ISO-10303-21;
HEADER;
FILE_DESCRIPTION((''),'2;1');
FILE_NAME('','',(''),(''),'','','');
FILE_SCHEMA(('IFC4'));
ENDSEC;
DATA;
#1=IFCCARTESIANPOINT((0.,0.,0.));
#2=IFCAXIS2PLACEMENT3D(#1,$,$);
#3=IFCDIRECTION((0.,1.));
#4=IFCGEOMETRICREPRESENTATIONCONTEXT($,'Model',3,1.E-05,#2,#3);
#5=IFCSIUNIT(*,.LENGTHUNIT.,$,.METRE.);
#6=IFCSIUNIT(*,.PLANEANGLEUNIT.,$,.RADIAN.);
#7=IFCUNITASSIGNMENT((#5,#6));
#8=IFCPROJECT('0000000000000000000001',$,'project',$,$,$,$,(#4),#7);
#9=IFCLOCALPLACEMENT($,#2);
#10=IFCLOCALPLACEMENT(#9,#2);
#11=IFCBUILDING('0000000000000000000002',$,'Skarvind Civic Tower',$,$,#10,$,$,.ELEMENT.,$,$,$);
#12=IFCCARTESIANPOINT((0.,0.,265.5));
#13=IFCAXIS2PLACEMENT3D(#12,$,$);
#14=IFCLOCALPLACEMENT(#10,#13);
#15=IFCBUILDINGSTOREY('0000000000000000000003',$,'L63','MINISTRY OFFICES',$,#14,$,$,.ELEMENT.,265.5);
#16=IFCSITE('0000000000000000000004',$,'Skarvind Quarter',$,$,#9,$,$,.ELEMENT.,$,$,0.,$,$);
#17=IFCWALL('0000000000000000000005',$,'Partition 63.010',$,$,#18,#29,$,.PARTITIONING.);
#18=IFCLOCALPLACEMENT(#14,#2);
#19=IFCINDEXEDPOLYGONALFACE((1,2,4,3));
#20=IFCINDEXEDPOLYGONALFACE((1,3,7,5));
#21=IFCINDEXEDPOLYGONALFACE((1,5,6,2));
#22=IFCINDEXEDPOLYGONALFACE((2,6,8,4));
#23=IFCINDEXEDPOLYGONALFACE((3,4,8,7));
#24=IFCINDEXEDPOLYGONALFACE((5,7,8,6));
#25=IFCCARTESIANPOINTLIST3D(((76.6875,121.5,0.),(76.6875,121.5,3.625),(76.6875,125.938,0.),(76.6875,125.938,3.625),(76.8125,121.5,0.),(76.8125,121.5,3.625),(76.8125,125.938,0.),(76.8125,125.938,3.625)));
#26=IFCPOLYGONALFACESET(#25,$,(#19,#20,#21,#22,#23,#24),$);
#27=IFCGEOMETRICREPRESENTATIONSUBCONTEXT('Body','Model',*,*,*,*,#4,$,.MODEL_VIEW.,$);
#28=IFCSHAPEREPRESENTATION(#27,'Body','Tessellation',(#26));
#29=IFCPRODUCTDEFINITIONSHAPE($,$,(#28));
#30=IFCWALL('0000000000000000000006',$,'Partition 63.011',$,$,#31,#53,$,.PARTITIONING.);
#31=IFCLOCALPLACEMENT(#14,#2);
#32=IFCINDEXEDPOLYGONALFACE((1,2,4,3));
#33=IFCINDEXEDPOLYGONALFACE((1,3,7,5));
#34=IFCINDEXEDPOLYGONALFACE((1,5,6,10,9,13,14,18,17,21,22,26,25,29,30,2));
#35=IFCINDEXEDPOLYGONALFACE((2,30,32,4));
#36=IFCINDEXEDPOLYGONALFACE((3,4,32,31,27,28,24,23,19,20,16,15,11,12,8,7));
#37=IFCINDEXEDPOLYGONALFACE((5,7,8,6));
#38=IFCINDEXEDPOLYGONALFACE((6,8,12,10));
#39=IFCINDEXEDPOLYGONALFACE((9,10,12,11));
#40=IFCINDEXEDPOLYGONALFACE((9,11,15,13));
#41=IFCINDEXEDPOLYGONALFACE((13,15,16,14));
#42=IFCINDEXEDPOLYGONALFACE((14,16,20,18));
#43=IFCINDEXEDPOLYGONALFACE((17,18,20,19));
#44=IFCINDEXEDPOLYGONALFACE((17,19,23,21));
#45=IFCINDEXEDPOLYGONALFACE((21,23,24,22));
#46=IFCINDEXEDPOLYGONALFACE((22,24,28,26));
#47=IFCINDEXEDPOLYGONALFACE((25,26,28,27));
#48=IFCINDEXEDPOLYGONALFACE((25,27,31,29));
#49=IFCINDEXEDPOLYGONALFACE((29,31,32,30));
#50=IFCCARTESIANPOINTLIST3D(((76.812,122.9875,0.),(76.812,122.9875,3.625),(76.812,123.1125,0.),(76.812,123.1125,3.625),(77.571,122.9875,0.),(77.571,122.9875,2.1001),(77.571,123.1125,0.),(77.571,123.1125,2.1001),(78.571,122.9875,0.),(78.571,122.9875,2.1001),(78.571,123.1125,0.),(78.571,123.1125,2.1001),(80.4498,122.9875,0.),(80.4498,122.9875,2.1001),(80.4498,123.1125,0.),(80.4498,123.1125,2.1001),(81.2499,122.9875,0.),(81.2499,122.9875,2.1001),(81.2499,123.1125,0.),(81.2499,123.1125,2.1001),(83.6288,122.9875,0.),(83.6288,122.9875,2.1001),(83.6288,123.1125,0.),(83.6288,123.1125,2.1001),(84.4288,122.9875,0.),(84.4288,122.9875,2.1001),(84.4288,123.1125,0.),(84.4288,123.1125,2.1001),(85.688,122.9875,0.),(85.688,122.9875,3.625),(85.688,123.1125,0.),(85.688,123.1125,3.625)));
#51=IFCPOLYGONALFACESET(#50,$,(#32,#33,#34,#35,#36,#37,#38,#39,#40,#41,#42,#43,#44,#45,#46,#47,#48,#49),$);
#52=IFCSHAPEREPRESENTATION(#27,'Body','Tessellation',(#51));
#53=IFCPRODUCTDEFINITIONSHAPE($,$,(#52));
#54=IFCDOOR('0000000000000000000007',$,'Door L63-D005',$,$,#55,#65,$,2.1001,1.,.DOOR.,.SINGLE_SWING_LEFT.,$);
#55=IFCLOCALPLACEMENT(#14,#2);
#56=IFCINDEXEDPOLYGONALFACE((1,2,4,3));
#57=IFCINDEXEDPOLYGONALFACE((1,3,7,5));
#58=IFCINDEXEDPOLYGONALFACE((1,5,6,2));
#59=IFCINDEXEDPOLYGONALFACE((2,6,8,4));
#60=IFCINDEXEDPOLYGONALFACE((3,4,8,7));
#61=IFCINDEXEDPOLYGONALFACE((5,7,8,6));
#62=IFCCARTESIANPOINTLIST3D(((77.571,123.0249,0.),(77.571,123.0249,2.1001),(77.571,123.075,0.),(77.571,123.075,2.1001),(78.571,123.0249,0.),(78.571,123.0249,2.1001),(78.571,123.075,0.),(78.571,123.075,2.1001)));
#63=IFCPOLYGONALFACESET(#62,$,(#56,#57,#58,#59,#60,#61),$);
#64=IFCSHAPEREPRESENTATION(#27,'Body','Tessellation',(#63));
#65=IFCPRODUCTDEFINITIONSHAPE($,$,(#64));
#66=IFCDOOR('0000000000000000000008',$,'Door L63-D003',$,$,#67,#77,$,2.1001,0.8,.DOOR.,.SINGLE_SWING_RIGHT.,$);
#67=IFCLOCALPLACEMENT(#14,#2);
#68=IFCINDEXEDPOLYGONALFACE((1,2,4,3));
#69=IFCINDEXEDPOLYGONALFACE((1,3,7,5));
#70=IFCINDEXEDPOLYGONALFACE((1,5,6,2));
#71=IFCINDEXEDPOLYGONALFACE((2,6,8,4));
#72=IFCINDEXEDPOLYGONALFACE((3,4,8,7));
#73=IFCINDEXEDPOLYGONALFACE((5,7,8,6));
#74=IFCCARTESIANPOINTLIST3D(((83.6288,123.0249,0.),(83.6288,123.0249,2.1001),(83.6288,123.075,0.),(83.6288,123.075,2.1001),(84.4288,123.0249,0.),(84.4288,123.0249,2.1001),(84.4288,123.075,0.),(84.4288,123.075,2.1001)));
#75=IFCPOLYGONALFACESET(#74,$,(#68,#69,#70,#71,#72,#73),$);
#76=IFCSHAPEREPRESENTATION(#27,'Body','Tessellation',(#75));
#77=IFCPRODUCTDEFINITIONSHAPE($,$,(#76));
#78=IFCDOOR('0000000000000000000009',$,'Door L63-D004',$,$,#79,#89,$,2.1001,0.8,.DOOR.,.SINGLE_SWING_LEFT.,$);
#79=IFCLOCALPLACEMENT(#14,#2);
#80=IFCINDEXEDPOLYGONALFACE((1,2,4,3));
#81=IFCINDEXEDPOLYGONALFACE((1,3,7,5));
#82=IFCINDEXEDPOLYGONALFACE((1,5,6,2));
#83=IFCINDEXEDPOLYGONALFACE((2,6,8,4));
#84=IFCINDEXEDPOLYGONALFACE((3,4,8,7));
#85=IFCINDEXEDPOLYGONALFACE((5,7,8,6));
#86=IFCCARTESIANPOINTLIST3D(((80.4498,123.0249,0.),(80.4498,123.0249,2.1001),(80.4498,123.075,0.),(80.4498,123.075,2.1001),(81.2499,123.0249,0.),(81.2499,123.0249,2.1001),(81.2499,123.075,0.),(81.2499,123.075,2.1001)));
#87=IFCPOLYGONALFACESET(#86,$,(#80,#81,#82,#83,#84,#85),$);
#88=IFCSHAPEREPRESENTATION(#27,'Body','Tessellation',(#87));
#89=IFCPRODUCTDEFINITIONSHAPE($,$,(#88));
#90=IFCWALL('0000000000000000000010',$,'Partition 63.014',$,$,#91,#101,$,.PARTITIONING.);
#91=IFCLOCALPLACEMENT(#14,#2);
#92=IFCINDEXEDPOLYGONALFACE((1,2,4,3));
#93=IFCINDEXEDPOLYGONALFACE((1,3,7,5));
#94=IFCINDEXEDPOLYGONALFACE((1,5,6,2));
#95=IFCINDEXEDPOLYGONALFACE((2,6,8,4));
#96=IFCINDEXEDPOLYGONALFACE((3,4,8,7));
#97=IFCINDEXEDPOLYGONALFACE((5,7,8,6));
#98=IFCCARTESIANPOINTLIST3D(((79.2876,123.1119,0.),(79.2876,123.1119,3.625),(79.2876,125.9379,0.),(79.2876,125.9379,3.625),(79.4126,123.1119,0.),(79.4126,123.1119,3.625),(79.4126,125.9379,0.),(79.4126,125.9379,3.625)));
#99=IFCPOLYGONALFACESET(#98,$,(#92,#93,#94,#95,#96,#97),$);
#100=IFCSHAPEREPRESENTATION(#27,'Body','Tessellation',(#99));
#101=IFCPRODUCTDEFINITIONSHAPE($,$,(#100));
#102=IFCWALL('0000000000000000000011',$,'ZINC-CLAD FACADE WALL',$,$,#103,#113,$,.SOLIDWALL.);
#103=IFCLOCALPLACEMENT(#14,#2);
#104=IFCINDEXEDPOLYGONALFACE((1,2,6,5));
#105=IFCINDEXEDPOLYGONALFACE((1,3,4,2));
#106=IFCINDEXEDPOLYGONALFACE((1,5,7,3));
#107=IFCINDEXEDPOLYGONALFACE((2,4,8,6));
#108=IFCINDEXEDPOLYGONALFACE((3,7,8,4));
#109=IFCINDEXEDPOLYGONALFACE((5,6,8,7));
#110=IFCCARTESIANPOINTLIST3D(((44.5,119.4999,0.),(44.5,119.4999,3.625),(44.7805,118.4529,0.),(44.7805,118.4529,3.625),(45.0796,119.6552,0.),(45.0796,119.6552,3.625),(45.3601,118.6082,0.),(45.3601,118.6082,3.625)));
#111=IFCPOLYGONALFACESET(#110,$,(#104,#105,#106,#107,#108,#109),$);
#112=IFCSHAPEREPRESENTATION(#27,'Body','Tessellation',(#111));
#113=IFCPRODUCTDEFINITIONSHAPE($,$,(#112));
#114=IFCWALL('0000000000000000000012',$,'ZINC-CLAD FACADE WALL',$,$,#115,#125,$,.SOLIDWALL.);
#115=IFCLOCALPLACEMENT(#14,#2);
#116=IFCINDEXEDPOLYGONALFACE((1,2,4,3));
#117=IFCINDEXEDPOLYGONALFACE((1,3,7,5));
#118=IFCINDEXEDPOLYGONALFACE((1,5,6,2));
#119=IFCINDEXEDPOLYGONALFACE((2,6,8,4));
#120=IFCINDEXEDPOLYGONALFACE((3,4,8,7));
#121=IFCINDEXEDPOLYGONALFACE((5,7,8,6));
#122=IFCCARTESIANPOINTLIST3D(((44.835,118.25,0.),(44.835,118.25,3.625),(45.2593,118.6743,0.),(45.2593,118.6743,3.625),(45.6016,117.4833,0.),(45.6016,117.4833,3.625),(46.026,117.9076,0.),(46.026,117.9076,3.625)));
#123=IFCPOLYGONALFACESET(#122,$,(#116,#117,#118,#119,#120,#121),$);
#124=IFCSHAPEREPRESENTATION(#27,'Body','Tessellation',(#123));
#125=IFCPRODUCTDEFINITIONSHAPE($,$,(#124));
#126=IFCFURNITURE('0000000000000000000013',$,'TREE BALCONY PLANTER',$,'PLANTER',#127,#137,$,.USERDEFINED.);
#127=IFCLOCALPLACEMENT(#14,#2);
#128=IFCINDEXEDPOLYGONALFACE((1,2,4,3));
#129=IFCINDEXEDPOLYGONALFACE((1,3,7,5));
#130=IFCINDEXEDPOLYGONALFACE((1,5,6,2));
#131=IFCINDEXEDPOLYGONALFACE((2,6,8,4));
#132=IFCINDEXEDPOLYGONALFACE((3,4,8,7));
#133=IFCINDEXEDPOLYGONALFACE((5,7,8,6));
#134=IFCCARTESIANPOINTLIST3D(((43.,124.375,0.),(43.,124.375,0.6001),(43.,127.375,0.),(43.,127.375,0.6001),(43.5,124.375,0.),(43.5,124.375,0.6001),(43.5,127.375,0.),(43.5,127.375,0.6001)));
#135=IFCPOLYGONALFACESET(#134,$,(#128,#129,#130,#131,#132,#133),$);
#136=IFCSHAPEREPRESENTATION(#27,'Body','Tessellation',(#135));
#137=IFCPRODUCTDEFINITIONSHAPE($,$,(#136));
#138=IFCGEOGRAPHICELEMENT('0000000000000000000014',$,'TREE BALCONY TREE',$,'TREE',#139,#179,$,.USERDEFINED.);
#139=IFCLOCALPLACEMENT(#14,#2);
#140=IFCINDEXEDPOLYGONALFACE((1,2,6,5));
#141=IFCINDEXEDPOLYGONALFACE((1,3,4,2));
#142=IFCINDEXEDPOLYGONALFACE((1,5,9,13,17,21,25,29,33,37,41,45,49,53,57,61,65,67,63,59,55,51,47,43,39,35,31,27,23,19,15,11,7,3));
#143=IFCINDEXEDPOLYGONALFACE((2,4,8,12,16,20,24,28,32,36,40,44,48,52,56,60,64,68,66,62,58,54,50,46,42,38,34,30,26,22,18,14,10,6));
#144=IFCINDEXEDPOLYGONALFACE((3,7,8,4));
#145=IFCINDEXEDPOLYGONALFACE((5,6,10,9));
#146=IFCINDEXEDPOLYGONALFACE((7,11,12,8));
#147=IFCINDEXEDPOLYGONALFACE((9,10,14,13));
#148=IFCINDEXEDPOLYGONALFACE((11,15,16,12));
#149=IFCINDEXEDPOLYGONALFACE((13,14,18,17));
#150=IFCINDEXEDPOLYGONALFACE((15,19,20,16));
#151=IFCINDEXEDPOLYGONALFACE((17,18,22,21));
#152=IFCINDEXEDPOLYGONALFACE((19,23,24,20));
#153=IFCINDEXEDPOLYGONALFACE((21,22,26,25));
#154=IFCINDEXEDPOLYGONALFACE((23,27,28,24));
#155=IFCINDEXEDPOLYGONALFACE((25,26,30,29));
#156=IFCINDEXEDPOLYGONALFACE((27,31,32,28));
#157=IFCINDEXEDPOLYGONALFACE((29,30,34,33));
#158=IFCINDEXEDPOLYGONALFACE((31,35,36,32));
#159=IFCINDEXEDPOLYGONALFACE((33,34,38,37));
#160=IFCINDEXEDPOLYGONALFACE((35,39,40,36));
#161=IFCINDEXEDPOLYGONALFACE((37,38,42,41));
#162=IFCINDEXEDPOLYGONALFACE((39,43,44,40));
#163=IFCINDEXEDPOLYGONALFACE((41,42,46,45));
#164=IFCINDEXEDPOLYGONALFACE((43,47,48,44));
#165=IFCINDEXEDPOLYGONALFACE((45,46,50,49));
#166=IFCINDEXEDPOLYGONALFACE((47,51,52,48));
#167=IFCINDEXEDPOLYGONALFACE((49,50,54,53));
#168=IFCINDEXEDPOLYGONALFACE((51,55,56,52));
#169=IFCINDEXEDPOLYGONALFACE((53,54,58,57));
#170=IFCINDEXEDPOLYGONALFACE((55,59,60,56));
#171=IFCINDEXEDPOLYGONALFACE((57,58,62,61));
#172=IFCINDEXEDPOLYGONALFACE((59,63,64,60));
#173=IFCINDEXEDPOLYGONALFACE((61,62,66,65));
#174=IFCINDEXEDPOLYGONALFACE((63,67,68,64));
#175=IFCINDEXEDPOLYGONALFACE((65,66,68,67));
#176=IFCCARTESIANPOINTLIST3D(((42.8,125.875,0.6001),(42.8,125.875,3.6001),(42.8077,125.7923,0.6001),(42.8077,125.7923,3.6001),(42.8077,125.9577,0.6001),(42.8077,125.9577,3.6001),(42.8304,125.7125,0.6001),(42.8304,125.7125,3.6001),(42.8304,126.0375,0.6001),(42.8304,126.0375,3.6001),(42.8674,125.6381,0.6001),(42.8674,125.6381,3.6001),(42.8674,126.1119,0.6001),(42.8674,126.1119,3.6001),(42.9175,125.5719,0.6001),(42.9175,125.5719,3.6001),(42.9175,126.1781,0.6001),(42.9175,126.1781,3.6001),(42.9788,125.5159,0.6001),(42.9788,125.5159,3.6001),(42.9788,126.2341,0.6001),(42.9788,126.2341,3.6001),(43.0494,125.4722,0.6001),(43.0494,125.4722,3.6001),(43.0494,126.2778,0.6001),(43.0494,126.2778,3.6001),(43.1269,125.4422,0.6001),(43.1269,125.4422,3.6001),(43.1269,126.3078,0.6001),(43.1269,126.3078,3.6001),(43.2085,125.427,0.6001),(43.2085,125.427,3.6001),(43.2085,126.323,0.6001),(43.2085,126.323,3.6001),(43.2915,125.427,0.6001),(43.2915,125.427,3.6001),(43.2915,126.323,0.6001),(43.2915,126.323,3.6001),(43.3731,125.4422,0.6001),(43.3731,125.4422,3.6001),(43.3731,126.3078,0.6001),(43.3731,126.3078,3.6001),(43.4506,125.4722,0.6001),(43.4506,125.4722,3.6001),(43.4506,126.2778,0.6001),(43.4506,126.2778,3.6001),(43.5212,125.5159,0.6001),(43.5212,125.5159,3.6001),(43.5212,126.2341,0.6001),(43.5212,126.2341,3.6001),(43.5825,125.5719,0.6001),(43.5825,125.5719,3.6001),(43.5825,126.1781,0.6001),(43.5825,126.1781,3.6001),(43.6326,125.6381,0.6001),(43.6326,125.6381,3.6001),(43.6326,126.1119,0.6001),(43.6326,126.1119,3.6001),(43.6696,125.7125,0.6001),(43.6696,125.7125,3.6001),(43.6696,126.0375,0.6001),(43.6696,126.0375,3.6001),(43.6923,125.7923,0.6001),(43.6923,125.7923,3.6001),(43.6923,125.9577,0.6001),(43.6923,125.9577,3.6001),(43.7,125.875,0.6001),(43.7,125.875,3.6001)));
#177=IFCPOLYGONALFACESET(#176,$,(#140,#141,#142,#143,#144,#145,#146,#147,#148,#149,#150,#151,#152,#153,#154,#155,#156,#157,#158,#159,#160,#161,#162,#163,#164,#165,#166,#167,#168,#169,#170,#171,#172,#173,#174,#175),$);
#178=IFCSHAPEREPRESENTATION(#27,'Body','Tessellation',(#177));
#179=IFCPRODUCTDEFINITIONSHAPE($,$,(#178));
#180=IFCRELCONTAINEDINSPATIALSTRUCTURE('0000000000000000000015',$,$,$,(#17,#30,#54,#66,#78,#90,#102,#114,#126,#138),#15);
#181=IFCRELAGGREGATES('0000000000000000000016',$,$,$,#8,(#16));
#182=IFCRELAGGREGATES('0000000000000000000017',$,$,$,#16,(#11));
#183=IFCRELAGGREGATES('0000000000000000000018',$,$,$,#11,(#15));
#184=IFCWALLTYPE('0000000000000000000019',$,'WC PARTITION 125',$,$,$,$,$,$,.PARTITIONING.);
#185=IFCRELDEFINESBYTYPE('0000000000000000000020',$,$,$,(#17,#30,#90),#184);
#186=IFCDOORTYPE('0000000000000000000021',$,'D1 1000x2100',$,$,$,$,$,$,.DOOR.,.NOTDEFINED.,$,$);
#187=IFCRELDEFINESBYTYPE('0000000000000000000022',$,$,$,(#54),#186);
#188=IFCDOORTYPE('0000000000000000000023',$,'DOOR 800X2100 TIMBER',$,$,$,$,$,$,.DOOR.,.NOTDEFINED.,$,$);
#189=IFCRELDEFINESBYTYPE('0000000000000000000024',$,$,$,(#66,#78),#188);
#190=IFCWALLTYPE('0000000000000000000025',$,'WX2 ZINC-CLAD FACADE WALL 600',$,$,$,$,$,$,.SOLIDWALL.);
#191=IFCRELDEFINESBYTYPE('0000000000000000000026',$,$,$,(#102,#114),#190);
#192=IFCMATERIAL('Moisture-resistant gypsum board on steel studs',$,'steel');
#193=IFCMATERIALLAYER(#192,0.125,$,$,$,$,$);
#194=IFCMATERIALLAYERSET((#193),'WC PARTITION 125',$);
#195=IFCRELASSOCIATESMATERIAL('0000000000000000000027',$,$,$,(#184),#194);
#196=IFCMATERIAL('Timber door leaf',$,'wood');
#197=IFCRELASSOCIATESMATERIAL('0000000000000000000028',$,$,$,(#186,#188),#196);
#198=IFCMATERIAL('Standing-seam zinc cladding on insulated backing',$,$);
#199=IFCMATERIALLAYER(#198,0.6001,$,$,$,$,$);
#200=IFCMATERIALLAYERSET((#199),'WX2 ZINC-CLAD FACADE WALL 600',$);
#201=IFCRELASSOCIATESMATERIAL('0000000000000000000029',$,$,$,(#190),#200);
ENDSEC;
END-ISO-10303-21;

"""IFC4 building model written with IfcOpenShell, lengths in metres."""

from ifc_helpers import new_model, si_unit, direction, frame, frame_2d, origin, origin_2d, place, context, subcontext, project, spatial, rectangle, circle, extrude, material, layer, layer_set, type_object, element, fill, save


model = new_model("IFC4")

# Units and contexts
model_context = context("Model", 3, precision=1e-05, world=origin(), true_north=direction((0.0, 1.0)))
body_context = subcontext(model_context, "Body", "Model", "MODEL_VIEW")
ifc_project = project(units=[si_unit("LENGTHUNIT", "METRE"), si_unit("PLANEANGLEUNIT", "RADIAN")], contexts=[model_context])

# Site, building, storey
site_placement = place(None, origin())
site = spatial("IfcSite", under=ifc_project, at=site_placement, Name="Skarvind Quarter", CompositionType="ELEMENT", RefElevation=0.0)
building_placement = place(site_placement, origin())
building = spatial("IfcBuilding", under=site, at=building_placement, Name="Skarvind Civic Tower", CompositionType="ELEMENT")
storey_placement = place(building_placement, frame((0.0, 0.0, 265.5)))
storey = spatial("IfcBuildingStorey", under=building, at=storey_placement, Name="L63", Description="MINISTRY OFFICES", CompositionType="ELEMENT", Elevation=265.5)

# Wall
ifc_material_1 = material(Name="Moisture-resistant gypsum board on steel studs", Category="steel")
ifc_layer_1 = layer(ifc_material_1, 0.125)
ifc_layer_set_1 = layer_set([ifc_layer_1], Name="WC PARTITION 125")
wall_type_1 = type_object("IfcWallType", Name="WC PARTITION 125", PredefinedType="PARTITIONING", material=ifc_layer_set_1)
wall_1_placement = place(storey_placement, frame((76.75, 121.5, 0.0), z_axis=(0.0, 0.0, 1.0), x_axis=(0.0, 1.0, 0.0)))
element("IfcWall", 1, at=wall_1_placement, inside=storey, type_object=wall_type_1, Name="Partition 63.010", PredefinedType="PARTITIONING", context=body_context, shape_type="SweptSolid", body=[
    extrude(rectangle(XDim=4.438, YDim=0.125, at=frame_2d((2.219, 0.0))), origin(), (0.0, 0.0, 1.0), 3.625),
])

# Wall, openings, doors
wall_2_placement = place(storey_placement, frame((76.812, 123.05, 0.0), z_axis=(0.0, 0.0, 1.0), x_axis=(1.0, 0.0, 0.0)))
wall_2 = element("IfcWall", 2, at=wall_2_placement, inside=storey, type_object=wall_type_1, Name="Partition 63.011", PredefinedType="PARTITIONING", context=body_context, shape_type="SweptSolid", body=[
    extrude(rectangle(XDim=8.876, YDim=0.125, at=frame_2d((4.438, 0.0))), origin(), (0.0, 0.0, 1.0), 3.625),
])
opening_1_placement = place(wall_2_placement, frame((6.8169, 0.0, 0.0)))
opening_1 = element("IfcOpeningElement", 3, at=opening_1_placement, cuts=wall_2, PredefinedType="OPENING", context=body_context, shape_type="SweptSolid", body=[
    extrude(rectangle(XDim=0.8, YDim=2.1001, at=frame_2d((0.3999, 1.05))), frame((0.0, 0.0725, 0.0), z_axis=(0.0, -1.0, 0.0), x_axis=(1.0, 0.0, 0.0)), (0.0, 0.0, 1.0), 0.145),
])
opening_2_placement = place(wall_2_placement, frame((3.6379, 0.0, 0.0)))
opening_2 = element("IfcOpeningElement", 4, at=opening_2_placement, cuts=wall_2, PredefinedType="OPENING", context=body_context, shape_type="SweptSolid", body=[
    extrude(rectangle(XDim=0.8, YDim=2.1001, at=frame_2d((0.3999, 1.05))), frame((0.0, 0.0725, 0.0), z_axis=(0.0, -1.0, 0.0), x_axis=(1.0, 0.0, 0.0)), (0.0, 0.0, 1.0), 0.145),
])
opening_3_placement = place(wall_2_placement, frame((0.759, 0.0, 0.0)))
opening_3 = element("IfcOpeningElement", 5, at=opening_3_placement, cuts=wall_2, PredefinedType="OPENING", context=body_context, shape_type="SweptSolid", body=[
    extrude(rectangle(XDim=1.0, YDim=2.1001, at=frame_2d((0.5, 1.05))), frame((0.0, 0.0725, 0.0), z_axis=(0.0, -1.0, 0.0), x_axis=(1.0, 0.0, 0.0)), (0.0, 0.0, 1.0), 0.145),
])
ifc_material_2 = material(Name="Timber door leaf", Category="wood")
door_type_1 = type_object("IfcDoorType", Name="D1 1000x2100", OperationType="NOTDEFINED", PredefinedType="DOOR", material=ifc_material_2)
door_1_placement = place(opening_3_placement, origin())
door_1 = element("IfcDoor", 6, at=door_1_placement, inside=storey, type_object=door_type_1, Name="Door L63-D005", OperationType="SINGLE_SWING_LEFT", OverallHeight=2.1001, OverallWidth=1.0, PredefinedType="DOOR", context=body_context, shape_type="SweptSolid", body=[
    extrude(rectangle(XDim=1.0, YDim=2.1001, at=frame_2d((0.5, 1.05))), frame((0.0, 0.0249, 0.0), z_axis=(0.0, -1.0, 0.0), x_axis=(1.0, 0.0, 0.0)), (0.0, 0.0, 1.0), 0.05),
])
fill(opening_3, door_1)
door_type_2 = type_object("IfcDoorType", Name="DOOR 800X2100 TIMBER", OperationType="NOTDEFINED", PredefinedType="DOOR", material=ifc_material_2)
door_2_placement = place(opening_1_placement, origin())
door_2 = element("IfcDoor", 7, at=door_2_placement, inside=storey, type_object=door_type_2, Name="Door L63-D003", OperationType="SINGLE_SWING_RIGHT", OverallHeight=2.1001, OverallWidth=0.8, PredefinedType="DOOR", context=body_context, shape_type="SweptSolid", body=[
    extrude(rectangle(XDim=0.8, YDim=2.1001, at=frame_2d((0.3999, 1.05))), frame((0.0, 0.0249, 0.0), z_axis=(0.0, -1.0, 0.0), x_axis=(1.0, 0.0, 0.0)), (0.0, 0.0, 1.0), 0.05),
])
fill(opening_1, door_2)
door_3_placement = place(opening_2_placement, origin())
door_3 = element("IfcDoor", 8, at=door_3_placement, inside=storey, type_object=door_type_2, Name="Door L63-D004", OperationType="SINGLE_SWING_LEFT", OverallHeight=2.1001, OverallWidth=0.8, PredefinedType="DOOR", context=body_context, shape_type="SweptSolid", body=[
    extrude(rectangle(XDim=0.8, YDim=2.1001, at=frame_2d((0.3999, 1.05))), frame((0.0, 0.0249, 0.0), z_axis=(0.0, -1.0, 0.0), x_axis=(1.0, 0.0, 0.0)), (0.0, 0.0, 1.0), 0.05),
])
fill(opening_2, door_3)

# Wall
wall_3_placement = place(storey_placement, frame((79.3501, 125.938, 0.0), z_axis=(0.0, 0.0, 1.0), x_axis=(0.0, -1.0, 0.0)))
element("IfcWall", 9, at=wall_3_placement, inside=storey, type_object=wall_type_1, Name="Partition 63.014", PredefinedType="PARTITIONING", context=body_context, shape_type="SweptSolid", body=[
    extrude(rectangle(XDim=2.8259, YDim=0.125, at=frame_2d((1.4131, 0.0))), origin(), (0.0, 0.0, 1.0), 3.625),
])

# Shared definitions
ifc_material_3 = material(Name="Standing-seam zinc cladding on insulated backing")
ifc_layer_2 = layer(ifc_material_3, 0.6001)
ifc_layer_set_2 = layer_set([ifc_layer_2], Name="WX2 ZINC-CLAD FACADE WALL 600")
wall_type_2 = type_object("IfcWallType", Name="WX2 ZINC-CLAD FACADE WALL 600", PredefinedType="SOLIDWALL", material=ifc_layer_set_2)

# Walls
wall_4_placement = place(storey_placement, frame((45.0703, 118.5305, 0.0), z_axis=(0.0, 0.0, 1.0), x_axis=(-0.25877, 0.965939, 0.0)))
element("IfcWall", 10, at=wall_4_placement, inside=storey, type_object=wall_type_2, Name="ZINC-CLAD FACADE WALL", PredefinedType="SOLIDWALL", context=body_context, shape_type="SweptSolid", body=[
    extrude(rectangle(XDim=1.084, YDim=0.6001, at=frame_2d((0.542, 0.0))), origin(), (0.0, 0.0, 1.0), 3.625),
])
wall_5_placement = place(storey_placement, frame((45.8137, 117.6956, 0.0), z_axis=(0.0, 0.0, 1.0), x_axis=(-0.707107, 0.707107, 0.0)))
element("IfcWall", 11, at=wall_5_placement, inside=storey, type_object=wall_type_2, Name="ZINC-CLAD FACADE WALL", PredefinedType="SOLIDWALL", context=body_context, shape_type="SweptSolid", body=[
    extrude(rectangle(XDim=1.0842, YDim=0.6001, at=frame_2d((0.542, 0.0))), origin(), (0.0, 0.0, 1.0), 3.625),
])

# Furniture
furniture_placement = place(storey_placement, frame((43.25, 125.875, 0.0), z_axis=(0.0, 0.0, 1.0), x_axis=(0.0, 1.0, 0.0)))
element("IfcFurniture", 12, at=furniture_placement, inside=storey, Name="TREE BALCONY PLANTER", ObjectType="PLANTER", PredefinedType="USERDEFINED", context=body_context, shape_type="SweptSolid", body=[
    extrude(rectangle(XDim=3.0, YDim=0.5, at=origin_2d()), origin(), (0.0, 0.0, 1.0), 0.6001),
])

# Geographic element
geographic_element_placement = place(storey_placement, frame((43.25, 125.875, 0.6001), z_axis=(0.0, 0.0, 1.0), x_axis=(1.0, 0.0, 0.0)))
element("IfcGeographicElement", 13, at=geographic_element_placement, inside=storey, Name="TREE BALCONY TREE", ObjectType="TREE", PredefinedType="USERDEFINED", context=body_context, shape_type="SweptSolid", body=[
    extrude(circle(Radius=0.45, at=origin_2d()), origin(), (0.0, 0.0, 1.0), 3.0),
])

save(model, "model.ifc")
